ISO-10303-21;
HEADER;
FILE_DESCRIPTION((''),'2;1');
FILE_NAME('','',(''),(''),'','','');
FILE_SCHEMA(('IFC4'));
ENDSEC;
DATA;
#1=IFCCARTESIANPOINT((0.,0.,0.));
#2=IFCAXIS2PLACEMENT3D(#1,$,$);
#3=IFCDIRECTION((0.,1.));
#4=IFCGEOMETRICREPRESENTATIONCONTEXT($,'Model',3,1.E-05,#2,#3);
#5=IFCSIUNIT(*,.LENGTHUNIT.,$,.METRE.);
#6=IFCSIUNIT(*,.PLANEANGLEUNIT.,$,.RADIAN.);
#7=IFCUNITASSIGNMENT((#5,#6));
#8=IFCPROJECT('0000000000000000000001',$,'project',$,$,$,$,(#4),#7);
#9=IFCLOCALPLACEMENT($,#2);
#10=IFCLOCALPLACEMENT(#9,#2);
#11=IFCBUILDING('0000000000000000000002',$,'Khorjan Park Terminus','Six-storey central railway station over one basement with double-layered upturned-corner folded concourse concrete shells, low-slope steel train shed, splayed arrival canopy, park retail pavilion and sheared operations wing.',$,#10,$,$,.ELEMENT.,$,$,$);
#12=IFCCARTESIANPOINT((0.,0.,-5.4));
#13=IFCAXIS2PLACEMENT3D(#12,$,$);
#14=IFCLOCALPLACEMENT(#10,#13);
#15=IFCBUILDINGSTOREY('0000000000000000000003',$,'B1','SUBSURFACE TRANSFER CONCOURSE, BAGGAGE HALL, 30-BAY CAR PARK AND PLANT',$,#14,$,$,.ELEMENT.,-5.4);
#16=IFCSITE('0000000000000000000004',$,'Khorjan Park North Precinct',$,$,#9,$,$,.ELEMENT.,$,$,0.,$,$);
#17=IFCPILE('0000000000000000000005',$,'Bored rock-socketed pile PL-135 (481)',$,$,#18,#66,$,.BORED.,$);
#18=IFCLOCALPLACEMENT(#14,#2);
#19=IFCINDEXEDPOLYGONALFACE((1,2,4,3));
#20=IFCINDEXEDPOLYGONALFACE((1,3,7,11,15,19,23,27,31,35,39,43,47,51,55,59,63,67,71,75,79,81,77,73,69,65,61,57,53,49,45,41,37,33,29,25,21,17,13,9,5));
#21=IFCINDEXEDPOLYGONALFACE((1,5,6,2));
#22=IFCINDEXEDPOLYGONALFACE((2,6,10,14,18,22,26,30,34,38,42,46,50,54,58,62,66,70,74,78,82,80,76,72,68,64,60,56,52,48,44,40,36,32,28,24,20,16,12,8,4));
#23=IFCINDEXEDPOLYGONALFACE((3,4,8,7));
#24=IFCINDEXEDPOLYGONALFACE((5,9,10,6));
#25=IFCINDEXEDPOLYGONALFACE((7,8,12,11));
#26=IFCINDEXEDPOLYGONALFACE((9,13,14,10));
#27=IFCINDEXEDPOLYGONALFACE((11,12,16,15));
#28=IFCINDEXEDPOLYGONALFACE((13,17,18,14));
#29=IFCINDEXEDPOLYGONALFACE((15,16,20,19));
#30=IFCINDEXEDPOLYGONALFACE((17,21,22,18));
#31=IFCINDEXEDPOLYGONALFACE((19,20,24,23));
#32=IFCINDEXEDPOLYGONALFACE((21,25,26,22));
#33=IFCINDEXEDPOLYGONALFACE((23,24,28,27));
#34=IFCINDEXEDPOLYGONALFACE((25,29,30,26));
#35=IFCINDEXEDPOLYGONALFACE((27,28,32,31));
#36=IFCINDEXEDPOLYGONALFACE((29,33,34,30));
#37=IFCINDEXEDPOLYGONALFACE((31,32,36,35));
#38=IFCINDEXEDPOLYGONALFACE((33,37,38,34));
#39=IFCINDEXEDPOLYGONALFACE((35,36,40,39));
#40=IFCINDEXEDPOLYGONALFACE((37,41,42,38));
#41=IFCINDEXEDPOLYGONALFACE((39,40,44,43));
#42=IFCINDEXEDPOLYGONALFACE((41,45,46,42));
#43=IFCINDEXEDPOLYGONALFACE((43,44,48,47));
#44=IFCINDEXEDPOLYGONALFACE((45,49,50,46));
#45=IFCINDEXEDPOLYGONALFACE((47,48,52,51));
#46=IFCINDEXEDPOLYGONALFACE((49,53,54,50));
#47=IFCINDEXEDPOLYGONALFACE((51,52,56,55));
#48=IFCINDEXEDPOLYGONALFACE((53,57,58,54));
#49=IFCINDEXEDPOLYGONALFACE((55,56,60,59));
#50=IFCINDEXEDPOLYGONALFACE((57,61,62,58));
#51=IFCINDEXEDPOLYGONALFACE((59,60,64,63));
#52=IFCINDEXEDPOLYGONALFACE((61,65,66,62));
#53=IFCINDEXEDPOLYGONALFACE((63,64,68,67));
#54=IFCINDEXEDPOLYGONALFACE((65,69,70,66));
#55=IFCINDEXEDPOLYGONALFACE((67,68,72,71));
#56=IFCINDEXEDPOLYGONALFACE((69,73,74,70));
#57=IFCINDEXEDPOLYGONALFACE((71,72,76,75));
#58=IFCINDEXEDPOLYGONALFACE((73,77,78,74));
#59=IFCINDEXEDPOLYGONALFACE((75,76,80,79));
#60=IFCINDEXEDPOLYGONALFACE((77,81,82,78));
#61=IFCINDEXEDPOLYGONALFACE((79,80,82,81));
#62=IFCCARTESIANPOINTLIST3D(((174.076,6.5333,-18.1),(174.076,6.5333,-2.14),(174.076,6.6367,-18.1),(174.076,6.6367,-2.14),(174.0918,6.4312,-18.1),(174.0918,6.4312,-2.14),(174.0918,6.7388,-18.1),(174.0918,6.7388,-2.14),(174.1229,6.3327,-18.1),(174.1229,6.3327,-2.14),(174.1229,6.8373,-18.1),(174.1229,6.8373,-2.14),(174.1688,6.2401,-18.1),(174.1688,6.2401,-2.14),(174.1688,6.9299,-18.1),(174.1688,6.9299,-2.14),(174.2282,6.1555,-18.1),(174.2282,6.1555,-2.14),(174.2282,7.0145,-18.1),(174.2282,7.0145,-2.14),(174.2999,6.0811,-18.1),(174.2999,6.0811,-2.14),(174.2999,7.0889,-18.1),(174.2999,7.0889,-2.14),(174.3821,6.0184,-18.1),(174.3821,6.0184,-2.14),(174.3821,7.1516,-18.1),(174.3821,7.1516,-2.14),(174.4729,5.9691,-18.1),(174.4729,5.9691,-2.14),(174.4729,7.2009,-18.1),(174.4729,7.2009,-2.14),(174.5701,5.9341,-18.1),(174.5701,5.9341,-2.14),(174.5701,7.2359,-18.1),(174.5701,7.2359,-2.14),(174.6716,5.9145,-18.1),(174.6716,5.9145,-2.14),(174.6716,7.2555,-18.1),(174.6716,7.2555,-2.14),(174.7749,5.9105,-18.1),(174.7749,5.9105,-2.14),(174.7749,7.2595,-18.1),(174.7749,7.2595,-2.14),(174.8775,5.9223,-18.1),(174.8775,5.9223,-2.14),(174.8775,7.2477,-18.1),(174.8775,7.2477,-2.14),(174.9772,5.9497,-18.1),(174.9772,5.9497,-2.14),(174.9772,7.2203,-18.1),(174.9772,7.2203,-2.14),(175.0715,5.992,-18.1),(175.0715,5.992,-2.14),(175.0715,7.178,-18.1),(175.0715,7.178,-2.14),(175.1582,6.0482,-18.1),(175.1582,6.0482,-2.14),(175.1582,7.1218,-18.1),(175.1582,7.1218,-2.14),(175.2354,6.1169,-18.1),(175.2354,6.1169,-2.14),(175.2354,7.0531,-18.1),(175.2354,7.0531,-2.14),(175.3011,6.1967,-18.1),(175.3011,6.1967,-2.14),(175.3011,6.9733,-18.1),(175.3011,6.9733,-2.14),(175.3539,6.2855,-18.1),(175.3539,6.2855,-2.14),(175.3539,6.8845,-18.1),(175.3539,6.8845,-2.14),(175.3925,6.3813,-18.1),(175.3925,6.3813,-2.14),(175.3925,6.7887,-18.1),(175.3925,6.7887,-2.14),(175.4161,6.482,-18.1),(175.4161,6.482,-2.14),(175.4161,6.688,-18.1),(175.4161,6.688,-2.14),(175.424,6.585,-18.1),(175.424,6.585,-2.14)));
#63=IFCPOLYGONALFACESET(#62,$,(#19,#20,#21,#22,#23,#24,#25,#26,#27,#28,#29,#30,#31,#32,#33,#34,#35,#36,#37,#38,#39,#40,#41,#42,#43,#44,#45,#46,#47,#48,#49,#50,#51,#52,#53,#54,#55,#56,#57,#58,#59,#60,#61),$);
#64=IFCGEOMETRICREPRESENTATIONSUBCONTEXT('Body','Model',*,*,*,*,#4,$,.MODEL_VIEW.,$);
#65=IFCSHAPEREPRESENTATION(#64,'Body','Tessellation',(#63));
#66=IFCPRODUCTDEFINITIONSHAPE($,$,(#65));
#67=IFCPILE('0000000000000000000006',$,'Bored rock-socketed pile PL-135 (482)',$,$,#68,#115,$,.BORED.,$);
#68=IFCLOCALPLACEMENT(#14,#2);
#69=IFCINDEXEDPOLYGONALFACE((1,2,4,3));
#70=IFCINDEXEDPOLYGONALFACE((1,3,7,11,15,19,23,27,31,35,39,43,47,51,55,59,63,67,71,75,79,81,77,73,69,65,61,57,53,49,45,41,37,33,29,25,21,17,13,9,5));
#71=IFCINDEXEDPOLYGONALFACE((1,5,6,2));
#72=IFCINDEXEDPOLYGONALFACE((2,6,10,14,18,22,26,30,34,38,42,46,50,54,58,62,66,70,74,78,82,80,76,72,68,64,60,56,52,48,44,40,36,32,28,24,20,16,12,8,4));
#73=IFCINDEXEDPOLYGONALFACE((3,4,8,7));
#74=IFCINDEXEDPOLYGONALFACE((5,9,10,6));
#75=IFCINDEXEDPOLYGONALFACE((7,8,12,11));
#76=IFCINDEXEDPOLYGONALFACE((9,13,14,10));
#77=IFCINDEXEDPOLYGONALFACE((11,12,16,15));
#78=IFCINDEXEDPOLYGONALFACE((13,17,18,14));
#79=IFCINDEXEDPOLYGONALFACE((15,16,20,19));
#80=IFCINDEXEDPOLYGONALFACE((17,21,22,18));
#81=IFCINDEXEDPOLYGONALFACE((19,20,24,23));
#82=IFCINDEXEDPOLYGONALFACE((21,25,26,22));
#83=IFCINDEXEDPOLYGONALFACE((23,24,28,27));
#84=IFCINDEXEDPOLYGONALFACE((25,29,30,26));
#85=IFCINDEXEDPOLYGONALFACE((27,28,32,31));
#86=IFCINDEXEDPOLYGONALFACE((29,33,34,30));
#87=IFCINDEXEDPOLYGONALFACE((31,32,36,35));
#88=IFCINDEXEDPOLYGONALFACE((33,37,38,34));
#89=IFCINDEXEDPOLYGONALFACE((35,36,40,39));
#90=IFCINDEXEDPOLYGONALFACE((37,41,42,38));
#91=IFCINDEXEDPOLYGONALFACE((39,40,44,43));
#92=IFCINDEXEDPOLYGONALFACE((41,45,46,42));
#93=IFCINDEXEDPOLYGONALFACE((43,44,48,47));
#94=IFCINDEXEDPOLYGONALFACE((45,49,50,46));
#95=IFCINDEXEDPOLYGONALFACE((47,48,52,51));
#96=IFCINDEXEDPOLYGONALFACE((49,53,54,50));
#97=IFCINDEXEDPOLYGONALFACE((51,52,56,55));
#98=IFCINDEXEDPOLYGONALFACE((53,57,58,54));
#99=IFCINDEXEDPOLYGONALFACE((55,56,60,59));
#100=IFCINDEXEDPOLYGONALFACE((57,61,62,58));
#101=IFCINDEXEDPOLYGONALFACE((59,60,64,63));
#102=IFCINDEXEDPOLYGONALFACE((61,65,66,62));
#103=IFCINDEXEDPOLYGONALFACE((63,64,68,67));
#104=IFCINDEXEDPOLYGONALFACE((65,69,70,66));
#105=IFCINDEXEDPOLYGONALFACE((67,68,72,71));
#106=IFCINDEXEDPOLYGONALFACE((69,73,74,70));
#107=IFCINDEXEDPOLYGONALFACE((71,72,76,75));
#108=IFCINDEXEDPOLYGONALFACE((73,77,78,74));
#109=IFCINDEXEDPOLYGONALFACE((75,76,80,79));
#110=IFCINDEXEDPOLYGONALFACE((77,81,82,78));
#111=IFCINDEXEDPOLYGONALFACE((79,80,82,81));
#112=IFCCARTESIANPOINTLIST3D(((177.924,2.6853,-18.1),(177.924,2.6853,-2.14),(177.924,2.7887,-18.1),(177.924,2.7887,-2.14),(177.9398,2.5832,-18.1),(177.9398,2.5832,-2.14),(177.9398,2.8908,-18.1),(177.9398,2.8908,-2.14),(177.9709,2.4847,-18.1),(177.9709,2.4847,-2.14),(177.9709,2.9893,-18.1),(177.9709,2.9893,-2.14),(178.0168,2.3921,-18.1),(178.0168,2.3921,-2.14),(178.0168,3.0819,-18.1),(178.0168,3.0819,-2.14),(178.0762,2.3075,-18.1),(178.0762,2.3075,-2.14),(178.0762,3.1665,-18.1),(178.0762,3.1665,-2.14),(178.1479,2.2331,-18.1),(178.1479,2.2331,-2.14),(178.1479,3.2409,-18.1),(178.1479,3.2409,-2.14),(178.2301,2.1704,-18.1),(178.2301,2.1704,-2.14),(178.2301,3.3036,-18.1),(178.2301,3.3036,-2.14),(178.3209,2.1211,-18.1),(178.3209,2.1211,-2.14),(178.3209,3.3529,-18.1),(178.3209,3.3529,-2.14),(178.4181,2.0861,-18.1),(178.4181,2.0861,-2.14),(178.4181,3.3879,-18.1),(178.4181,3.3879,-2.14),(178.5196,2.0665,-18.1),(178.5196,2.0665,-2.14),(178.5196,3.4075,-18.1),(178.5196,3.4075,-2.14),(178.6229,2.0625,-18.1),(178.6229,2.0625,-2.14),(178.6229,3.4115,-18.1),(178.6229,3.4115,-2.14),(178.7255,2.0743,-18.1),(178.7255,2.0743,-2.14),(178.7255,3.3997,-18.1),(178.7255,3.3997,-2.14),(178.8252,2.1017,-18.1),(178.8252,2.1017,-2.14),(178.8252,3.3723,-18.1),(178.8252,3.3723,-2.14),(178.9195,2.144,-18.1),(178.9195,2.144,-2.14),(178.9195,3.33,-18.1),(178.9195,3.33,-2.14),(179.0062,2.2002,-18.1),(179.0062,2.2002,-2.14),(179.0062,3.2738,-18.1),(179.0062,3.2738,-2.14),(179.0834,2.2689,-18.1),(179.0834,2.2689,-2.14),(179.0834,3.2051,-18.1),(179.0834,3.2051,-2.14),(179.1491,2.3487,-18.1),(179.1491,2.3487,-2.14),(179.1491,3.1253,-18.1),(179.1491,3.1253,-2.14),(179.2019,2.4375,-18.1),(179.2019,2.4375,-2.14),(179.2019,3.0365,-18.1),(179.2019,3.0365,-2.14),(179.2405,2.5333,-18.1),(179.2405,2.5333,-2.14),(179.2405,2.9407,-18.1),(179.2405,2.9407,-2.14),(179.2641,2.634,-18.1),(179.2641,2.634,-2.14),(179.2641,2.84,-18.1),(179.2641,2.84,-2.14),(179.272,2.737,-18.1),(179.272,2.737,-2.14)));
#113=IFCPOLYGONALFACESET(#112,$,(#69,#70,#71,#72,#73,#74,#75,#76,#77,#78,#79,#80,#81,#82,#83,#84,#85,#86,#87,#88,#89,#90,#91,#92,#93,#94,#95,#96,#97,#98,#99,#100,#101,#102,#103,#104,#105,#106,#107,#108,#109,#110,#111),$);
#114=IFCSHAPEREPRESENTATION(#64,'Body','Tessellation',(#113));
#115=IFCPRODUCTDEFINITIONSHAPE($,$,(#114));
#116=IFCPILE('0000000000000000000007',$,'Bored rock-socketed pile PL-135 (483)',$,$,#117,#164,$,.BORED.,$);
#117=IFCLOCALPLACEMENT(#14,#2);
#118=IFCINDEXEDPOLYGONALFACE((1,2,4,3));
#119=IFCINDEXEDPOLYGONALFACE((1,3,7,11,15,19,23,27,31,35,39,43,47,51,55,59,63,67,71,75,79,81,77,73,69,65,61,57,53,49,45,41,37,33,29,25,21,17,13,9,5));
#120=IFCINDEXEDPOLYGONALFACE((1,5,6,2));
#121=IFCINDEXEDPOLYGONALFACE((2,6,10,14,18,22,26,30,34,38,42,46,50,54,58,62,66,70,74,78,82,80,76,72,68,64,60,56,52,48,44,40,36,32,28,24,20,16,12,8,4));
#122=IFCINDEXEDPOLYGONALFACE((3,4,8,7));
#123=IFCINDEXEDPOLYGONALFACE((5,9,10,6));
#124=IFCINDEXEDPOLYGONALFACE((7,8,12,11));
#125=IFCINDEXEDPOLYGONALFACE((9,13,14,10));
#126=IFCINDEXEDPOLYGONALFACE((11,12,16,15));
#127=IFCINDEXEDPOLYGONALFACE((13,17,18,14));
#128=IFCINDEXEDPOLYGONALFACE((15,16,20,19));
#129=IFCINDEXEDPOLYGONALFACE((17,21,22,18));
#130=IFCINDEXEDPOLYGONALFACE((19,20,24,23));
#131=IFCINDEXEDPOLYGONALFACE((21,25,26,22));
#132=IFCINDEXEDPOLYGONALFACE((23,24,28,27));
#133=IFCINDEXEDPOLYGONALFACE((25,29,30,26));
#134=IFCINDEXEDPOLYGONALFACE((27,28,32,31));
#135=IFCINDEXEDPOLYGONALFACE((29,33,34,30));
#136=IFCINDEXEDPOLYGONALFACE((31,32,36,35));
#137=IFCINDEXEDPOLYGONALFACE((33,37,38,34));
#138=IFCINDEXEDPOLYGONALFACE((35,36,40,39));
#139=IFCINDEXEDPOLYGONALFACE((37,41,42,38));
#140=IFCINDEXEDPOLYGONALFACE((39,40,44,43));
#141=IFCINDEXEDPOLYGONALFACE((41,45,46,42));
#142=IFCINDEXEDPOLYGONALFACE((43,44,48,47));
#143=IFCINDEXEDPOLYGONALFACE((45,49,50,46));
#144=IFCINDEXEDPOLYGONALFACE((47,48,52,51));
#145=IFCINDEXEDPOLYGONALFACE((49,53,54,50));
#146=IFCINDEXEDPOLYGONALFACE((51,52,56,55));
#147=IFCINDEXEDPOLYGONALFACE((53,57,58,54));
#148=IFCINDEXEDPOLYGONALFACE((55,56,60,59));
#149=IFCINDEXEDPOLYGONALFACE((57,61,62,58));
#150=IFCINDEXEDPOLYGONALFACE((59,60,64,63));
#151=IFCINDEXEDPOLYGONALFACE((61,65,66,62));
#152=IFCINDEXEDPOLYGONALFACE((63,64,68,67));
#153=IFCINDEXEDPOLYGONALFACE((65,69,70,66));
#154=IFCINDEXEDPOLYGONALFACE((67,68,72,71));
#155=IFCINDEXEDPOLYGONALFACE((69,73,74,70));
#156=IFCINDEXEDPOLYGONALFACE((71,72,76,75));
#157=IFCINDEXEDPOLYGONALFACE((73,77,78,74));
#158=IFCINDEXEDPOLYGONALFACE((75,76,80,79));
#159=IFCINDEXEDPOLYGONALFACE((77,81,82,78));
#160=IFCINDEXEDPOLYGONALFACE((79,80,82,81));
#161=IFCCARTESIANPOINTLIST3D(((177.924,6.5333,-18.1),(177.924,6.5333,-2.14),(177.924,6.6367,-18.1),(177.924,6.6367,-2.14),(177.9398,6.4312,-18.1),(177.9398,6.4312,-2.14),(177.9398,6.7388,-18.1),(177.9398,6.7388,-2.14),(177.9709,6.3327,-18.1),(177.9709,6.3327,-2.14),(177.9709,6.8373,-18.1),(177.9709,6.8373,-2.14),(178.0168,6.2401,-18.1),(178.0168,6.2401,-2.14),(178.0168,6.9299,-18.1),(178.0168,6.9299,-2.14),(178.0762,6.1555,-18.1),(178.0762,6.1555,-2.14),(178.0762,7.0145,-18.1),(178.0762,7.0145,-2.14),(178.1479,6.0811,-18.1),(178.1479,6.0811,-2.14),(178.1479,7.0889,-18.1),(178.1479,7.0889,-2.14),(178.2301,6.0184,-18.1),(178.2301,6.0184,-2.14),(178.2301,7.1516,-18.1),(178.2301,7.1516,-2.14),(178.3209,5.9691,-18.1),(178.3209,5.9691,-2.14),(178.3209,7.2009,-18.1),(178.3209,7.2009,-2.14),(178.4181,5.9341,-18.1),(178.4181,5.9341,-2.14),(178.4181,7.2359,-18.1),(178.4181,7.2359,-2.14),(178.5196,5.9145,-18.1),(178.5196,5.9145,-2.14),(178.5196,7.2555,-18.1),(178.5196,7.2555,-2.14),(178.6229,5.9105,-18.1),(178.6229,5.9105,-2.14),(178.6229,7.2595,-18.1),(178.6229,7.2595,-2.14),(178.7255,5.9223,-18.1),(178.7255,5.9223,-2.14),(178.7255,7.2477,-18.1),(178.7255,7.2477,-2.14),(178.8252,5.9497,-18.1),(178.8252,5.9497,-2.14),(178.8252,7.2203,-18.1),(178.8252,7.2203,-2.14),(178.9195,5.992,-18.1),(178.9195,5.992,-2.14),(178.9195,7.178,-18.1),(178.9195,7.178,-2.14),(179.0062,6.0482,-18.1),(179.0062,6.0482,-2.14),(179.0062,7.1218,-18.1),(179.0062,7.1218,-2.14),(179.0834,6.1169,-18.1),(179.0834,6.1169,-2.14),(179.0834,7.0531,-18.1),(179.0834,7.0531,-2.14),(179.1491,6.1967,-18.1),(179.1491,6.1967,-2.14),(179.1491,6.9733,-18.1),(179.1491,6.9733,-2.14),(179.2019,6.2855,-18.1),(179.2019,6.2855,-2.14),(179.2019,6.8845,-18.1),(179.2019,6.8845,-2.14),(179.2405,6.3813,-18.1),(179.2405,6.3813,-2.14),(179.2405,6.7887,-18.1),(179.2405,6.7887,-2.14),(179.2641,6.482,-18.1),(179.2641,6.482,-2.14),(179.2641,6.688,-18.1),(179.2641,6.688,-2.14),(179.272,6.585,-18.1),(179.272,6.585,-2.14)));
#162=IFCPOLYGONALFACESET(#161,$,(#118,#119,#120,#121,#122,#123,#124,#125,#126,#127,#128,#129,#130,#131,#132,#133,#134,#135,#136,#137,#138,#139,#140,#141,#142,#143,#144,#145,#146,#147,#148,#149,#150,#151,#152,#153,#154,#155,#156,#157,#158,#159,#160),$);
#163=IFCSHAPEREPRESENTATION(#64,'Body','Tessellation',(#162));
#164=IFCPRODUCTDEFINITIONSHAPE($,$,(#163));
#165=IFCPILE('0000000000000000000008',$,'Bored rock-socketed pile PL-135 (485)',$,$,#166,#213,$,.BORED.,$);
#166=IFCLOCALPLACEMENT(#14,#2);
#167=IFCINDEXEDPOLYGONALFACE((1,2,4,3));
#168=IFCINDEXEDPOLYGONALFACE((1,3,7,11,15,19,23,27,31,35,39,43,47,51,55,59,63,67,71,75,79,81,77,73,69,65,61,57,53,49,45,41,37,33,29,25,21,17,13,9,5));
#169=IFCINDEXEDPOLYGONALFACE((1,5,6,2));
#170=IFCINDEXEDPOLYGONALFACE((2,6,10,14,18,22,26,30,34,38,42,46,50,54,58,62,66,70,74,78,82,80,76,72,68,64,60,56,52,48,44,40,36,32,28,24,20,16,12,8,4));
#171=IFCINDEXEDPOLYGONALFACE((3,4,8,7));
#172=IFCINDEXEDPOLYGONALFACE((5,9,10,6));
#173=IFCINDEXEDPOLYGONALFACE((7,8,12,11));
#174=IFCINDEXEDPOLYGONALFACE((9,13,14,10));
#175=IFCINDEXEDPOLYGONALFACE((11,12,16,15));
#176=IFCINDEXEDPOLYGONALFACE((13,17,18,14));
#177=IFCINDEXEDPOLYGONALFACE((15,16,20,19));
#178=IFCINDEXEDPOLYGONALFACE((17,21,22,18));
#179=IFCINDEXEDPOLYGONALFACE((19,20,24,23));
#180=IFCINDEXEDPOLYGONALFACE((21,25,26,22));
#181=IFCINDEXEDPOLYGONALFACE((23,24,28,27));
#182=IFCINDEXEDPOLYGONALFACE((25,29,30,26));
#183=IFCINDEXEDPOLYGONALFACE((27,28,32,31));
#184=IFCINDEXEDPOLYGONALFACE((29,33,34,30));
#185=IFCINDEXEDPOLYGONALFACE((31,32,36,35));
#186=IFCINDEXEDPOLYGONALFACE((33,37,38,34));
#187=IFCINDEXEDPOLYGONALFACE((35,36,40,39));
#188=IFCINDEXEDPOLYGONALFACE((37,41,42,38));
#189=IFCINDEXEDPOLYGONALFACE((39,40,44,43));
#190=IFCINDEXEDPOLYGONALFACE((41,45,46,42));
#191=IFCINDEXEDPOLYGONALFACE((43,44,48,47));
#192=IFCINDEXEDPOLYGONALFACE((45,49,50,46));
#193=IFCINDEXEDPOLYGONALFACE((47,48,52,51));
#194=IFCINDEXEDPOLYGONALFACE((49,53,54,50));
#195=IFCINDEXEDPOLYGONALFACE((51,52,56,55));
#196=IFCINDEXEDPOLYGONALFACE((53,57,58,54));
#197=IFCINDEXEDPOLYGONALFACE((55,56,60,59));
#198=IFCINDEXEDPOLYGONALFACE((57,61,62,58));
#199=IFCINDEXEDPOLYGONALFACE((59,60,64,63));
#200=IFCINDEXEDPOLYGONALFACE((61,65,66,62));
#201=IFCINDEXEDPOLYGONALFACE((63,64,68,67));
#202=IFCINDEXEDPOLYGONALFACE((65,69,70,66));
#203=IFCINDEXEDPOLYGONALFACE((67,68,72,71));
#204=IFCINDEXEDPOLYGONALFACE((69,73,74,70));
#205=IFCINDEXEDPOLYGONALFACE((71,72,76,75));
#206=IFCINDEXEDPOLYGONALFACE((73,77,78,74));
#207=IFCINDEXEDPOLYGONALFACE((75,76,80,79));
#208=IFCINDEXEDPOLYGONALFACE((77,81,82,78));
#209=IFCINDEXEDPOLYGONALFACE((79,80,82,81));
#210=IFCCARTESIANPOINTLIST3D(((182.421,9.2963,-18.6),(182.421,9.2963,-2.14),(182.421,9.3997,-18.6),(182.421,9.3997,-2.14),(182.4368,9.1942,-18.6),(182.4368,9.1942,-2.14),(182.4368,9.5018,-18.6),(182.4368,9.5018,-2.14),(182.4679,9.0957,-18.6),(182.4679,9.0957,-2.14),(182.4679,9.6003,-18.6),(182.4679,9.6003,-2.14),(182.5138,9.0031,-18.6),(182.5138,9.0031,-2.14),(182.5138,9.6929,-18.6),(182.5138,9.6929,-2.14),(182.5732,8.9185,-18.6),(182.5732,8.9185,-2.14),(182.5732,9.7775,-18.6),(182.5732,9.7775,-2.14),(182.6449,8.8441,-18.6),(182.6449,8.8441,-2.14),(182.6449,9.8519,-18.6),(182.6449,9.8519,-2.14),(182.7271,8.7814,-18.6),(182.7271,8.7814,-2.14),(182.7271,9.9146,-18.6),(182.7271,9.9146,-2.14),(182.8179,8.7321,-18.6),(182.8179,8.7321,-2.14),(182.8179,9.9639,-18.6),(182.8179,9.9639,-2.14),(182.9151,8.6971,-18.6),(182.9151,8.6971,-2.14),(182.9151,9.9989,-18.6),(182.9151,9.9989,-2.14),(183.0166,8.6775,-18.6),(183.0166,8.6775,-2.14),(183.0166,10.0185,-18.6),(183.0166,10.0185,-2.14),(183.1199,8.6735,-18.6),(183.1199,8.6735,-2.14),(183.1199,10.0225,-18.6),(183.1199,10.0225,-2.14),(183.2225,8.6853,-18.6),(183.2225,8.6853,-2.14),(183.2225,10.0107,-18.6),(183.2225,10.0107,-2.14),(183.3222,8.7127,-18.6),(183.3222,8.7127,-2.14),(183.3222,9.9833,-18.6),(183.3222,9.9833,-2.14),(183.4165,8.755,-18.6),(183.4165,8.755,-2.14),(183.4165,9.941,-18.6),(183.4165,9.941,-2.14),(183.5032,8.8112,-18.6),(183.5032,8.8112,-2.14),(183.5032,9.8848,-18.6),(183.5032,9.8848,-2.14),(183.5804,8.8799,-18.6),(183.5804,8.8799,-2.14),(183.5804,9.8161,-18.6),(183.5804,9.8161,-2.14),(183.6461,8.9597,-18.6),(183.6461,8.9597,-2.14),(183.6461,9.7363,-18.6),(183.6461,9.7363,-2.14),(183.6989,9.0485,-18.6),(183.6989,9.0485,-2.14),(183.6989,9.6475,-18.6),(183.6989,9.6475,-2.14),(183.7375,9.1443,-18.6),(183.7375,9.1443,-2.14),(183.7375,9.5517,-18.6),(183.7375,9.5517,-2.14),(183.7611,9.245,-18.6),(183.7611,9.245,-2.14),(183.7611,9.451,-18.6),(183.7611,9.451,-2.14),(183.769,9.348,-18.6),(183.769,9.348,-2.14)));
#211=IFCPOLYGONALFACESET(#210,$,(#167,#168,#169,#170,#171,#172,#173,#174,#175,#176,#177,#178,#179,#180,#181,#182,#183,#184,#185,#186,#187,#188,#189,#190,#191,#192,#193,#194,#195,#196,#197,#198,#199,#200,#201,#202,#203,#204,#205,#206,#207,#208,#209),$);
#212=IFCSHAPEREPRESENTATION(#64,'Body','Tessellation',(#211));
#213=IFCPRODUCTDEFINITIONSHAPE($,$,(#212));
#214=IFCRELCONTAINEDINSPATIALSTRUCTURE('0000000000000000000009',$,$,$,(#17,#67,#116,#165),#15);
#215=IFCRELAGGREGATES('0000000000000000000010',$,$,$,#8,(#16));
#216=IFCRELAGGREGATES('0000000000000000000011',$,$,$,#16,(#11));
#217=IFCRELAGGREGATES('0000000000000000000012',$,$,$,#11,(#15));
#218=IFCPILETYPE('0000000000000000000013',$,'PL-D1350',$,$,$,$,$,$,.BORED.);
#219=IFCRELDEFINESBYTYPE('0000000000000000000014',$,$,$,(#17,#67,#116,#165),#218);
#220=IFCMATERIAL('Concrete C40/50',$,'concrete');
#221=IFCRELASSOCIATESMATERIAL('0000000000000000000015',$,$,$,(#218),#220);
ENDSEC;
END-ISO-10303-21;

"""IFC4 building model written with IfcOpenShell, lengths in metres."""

from ifc_helpers import new_model, si_unit, direction, frame, origin, origin_2d, place, context, subcontext, project, spatial, circle, extrude, material, material_profile, profile_set, type_object, element, save


model = new_model("IFC4")

# Units and contexts
model_context = context("Model", 3, precision=1e-05, world=origin(), true_north=direction((0.0, 1.0)))
body_context = subcontext(model_context, "Body", "Model", "MODEL_VIEW")
ifc_project = project(units=[si_unit("LENGTHUNIT", "METRE"), si_unit("PLANEANGLEUNIT", "RADIAN")], contexts=[model_context])

# Site, building, storey
site_placement = place(None, origin())
site = spatial("IfcSite", under=ifc_project, at=site_placement, Name="Khorjan Park North Precinct", CompositionType="ELEMENT", RefElevation=0.0)
building_placement = place(site_placement, origin())
building = spatial("IfcBuilding", under=site, at=building_placement, Name="Khorjan Park Terminus", Description="Six-storey central railway station over one basement with double-layered upturned-corner folded concourse concrete shells, low-slope steel train shed, splayed arrival canopy, park retail pavilion and sheared operations wing.", CompositionType="ELEMENT")
storey_placement = place(building_placement, frame((0.0, 0.0, -5.4)))
storey = spatial("IfcBuildingStorey", under=building, at=storey_placement, Name="B1", Description="SUBSURFACE TRANSFER CONCOURSE, BAGGAGE HALL, 30-BAY CAR PARK AND PLANT", CompositionType="ELEMENT", Elevation=-5.4)

# Shared definitions
ifc_material_1 = material(Name="Concrete C40/50", Category="concrete")

# Piles
ifc_material_profile_1 = material_profile(ifc_material_1, circle(Radius=0.675, at=origin_2d()), Name="BORED D1350")
ifc_profile_set_1 = profile_set([ifc_material_profile_1], Name="Concrete C40/50")
pile_type_1 = type_object("IfcPileType", Name="PL-D1350", PredefinedType="BORED", material=ifc_profile_set_1)
for number, where, z_axis, x_axis, name in (
    (1, (174.749, 6.585, -2.14), (0.0, 0.0, -1.0), (1.0, 0.0, 0.0), "Bored rock-socketed pile PL-135 (481)"),
    (2, (178.597, 2.737, -2.14), (0.0, 0.0, -1.0), (1.0, 0.0, 0.0), "Bored rock-socketed pile PL-135 (482)"),
    (3, (178.597, 6.585, -2.14), (0.0, 0.0, -1.0), (1.0, 0.0, 0.0), "Bored rock-socketed pile PL-135 (483)"),
):
    element("IfcPile", number, at=place(storey_placement, frame(where, z_axis=z_axis, x_axis=x_axis)), inside=storey, type_object=pile_type_1, Name=name, PredefinedType="BORED", context=body_context, shape_type="SweptSolid", body=[
        extrude(circle(Radius=0.675, at=origin_2d()), origin(), (0.0, 0.0, 1.0), 15.96),
    ])
for number, where, z_axis, x_axis, name in (
    (4, (183.094, 9.348, -2.14), (0.0, 0.0, -1.0), (1.0, 0.0, 0.0), "Bored rock-socketed pile PL-135 (485)"),
):
    element("IfcPile", number, at=place(storey_placement, frame(where, z_axis=z_axis, x_axis=x_axis)), inside=storey, type_object=pile_type_1, Name=name, PredefinedType="BORED", context=body_context, shape_type="SweptSolid", body=[
        extrude(circle(Radius=0.675, at=origin_2d()), origin(), (0.0, 0.0, 1.0), 16.46),
    ])

save(model, "model.ifc")
